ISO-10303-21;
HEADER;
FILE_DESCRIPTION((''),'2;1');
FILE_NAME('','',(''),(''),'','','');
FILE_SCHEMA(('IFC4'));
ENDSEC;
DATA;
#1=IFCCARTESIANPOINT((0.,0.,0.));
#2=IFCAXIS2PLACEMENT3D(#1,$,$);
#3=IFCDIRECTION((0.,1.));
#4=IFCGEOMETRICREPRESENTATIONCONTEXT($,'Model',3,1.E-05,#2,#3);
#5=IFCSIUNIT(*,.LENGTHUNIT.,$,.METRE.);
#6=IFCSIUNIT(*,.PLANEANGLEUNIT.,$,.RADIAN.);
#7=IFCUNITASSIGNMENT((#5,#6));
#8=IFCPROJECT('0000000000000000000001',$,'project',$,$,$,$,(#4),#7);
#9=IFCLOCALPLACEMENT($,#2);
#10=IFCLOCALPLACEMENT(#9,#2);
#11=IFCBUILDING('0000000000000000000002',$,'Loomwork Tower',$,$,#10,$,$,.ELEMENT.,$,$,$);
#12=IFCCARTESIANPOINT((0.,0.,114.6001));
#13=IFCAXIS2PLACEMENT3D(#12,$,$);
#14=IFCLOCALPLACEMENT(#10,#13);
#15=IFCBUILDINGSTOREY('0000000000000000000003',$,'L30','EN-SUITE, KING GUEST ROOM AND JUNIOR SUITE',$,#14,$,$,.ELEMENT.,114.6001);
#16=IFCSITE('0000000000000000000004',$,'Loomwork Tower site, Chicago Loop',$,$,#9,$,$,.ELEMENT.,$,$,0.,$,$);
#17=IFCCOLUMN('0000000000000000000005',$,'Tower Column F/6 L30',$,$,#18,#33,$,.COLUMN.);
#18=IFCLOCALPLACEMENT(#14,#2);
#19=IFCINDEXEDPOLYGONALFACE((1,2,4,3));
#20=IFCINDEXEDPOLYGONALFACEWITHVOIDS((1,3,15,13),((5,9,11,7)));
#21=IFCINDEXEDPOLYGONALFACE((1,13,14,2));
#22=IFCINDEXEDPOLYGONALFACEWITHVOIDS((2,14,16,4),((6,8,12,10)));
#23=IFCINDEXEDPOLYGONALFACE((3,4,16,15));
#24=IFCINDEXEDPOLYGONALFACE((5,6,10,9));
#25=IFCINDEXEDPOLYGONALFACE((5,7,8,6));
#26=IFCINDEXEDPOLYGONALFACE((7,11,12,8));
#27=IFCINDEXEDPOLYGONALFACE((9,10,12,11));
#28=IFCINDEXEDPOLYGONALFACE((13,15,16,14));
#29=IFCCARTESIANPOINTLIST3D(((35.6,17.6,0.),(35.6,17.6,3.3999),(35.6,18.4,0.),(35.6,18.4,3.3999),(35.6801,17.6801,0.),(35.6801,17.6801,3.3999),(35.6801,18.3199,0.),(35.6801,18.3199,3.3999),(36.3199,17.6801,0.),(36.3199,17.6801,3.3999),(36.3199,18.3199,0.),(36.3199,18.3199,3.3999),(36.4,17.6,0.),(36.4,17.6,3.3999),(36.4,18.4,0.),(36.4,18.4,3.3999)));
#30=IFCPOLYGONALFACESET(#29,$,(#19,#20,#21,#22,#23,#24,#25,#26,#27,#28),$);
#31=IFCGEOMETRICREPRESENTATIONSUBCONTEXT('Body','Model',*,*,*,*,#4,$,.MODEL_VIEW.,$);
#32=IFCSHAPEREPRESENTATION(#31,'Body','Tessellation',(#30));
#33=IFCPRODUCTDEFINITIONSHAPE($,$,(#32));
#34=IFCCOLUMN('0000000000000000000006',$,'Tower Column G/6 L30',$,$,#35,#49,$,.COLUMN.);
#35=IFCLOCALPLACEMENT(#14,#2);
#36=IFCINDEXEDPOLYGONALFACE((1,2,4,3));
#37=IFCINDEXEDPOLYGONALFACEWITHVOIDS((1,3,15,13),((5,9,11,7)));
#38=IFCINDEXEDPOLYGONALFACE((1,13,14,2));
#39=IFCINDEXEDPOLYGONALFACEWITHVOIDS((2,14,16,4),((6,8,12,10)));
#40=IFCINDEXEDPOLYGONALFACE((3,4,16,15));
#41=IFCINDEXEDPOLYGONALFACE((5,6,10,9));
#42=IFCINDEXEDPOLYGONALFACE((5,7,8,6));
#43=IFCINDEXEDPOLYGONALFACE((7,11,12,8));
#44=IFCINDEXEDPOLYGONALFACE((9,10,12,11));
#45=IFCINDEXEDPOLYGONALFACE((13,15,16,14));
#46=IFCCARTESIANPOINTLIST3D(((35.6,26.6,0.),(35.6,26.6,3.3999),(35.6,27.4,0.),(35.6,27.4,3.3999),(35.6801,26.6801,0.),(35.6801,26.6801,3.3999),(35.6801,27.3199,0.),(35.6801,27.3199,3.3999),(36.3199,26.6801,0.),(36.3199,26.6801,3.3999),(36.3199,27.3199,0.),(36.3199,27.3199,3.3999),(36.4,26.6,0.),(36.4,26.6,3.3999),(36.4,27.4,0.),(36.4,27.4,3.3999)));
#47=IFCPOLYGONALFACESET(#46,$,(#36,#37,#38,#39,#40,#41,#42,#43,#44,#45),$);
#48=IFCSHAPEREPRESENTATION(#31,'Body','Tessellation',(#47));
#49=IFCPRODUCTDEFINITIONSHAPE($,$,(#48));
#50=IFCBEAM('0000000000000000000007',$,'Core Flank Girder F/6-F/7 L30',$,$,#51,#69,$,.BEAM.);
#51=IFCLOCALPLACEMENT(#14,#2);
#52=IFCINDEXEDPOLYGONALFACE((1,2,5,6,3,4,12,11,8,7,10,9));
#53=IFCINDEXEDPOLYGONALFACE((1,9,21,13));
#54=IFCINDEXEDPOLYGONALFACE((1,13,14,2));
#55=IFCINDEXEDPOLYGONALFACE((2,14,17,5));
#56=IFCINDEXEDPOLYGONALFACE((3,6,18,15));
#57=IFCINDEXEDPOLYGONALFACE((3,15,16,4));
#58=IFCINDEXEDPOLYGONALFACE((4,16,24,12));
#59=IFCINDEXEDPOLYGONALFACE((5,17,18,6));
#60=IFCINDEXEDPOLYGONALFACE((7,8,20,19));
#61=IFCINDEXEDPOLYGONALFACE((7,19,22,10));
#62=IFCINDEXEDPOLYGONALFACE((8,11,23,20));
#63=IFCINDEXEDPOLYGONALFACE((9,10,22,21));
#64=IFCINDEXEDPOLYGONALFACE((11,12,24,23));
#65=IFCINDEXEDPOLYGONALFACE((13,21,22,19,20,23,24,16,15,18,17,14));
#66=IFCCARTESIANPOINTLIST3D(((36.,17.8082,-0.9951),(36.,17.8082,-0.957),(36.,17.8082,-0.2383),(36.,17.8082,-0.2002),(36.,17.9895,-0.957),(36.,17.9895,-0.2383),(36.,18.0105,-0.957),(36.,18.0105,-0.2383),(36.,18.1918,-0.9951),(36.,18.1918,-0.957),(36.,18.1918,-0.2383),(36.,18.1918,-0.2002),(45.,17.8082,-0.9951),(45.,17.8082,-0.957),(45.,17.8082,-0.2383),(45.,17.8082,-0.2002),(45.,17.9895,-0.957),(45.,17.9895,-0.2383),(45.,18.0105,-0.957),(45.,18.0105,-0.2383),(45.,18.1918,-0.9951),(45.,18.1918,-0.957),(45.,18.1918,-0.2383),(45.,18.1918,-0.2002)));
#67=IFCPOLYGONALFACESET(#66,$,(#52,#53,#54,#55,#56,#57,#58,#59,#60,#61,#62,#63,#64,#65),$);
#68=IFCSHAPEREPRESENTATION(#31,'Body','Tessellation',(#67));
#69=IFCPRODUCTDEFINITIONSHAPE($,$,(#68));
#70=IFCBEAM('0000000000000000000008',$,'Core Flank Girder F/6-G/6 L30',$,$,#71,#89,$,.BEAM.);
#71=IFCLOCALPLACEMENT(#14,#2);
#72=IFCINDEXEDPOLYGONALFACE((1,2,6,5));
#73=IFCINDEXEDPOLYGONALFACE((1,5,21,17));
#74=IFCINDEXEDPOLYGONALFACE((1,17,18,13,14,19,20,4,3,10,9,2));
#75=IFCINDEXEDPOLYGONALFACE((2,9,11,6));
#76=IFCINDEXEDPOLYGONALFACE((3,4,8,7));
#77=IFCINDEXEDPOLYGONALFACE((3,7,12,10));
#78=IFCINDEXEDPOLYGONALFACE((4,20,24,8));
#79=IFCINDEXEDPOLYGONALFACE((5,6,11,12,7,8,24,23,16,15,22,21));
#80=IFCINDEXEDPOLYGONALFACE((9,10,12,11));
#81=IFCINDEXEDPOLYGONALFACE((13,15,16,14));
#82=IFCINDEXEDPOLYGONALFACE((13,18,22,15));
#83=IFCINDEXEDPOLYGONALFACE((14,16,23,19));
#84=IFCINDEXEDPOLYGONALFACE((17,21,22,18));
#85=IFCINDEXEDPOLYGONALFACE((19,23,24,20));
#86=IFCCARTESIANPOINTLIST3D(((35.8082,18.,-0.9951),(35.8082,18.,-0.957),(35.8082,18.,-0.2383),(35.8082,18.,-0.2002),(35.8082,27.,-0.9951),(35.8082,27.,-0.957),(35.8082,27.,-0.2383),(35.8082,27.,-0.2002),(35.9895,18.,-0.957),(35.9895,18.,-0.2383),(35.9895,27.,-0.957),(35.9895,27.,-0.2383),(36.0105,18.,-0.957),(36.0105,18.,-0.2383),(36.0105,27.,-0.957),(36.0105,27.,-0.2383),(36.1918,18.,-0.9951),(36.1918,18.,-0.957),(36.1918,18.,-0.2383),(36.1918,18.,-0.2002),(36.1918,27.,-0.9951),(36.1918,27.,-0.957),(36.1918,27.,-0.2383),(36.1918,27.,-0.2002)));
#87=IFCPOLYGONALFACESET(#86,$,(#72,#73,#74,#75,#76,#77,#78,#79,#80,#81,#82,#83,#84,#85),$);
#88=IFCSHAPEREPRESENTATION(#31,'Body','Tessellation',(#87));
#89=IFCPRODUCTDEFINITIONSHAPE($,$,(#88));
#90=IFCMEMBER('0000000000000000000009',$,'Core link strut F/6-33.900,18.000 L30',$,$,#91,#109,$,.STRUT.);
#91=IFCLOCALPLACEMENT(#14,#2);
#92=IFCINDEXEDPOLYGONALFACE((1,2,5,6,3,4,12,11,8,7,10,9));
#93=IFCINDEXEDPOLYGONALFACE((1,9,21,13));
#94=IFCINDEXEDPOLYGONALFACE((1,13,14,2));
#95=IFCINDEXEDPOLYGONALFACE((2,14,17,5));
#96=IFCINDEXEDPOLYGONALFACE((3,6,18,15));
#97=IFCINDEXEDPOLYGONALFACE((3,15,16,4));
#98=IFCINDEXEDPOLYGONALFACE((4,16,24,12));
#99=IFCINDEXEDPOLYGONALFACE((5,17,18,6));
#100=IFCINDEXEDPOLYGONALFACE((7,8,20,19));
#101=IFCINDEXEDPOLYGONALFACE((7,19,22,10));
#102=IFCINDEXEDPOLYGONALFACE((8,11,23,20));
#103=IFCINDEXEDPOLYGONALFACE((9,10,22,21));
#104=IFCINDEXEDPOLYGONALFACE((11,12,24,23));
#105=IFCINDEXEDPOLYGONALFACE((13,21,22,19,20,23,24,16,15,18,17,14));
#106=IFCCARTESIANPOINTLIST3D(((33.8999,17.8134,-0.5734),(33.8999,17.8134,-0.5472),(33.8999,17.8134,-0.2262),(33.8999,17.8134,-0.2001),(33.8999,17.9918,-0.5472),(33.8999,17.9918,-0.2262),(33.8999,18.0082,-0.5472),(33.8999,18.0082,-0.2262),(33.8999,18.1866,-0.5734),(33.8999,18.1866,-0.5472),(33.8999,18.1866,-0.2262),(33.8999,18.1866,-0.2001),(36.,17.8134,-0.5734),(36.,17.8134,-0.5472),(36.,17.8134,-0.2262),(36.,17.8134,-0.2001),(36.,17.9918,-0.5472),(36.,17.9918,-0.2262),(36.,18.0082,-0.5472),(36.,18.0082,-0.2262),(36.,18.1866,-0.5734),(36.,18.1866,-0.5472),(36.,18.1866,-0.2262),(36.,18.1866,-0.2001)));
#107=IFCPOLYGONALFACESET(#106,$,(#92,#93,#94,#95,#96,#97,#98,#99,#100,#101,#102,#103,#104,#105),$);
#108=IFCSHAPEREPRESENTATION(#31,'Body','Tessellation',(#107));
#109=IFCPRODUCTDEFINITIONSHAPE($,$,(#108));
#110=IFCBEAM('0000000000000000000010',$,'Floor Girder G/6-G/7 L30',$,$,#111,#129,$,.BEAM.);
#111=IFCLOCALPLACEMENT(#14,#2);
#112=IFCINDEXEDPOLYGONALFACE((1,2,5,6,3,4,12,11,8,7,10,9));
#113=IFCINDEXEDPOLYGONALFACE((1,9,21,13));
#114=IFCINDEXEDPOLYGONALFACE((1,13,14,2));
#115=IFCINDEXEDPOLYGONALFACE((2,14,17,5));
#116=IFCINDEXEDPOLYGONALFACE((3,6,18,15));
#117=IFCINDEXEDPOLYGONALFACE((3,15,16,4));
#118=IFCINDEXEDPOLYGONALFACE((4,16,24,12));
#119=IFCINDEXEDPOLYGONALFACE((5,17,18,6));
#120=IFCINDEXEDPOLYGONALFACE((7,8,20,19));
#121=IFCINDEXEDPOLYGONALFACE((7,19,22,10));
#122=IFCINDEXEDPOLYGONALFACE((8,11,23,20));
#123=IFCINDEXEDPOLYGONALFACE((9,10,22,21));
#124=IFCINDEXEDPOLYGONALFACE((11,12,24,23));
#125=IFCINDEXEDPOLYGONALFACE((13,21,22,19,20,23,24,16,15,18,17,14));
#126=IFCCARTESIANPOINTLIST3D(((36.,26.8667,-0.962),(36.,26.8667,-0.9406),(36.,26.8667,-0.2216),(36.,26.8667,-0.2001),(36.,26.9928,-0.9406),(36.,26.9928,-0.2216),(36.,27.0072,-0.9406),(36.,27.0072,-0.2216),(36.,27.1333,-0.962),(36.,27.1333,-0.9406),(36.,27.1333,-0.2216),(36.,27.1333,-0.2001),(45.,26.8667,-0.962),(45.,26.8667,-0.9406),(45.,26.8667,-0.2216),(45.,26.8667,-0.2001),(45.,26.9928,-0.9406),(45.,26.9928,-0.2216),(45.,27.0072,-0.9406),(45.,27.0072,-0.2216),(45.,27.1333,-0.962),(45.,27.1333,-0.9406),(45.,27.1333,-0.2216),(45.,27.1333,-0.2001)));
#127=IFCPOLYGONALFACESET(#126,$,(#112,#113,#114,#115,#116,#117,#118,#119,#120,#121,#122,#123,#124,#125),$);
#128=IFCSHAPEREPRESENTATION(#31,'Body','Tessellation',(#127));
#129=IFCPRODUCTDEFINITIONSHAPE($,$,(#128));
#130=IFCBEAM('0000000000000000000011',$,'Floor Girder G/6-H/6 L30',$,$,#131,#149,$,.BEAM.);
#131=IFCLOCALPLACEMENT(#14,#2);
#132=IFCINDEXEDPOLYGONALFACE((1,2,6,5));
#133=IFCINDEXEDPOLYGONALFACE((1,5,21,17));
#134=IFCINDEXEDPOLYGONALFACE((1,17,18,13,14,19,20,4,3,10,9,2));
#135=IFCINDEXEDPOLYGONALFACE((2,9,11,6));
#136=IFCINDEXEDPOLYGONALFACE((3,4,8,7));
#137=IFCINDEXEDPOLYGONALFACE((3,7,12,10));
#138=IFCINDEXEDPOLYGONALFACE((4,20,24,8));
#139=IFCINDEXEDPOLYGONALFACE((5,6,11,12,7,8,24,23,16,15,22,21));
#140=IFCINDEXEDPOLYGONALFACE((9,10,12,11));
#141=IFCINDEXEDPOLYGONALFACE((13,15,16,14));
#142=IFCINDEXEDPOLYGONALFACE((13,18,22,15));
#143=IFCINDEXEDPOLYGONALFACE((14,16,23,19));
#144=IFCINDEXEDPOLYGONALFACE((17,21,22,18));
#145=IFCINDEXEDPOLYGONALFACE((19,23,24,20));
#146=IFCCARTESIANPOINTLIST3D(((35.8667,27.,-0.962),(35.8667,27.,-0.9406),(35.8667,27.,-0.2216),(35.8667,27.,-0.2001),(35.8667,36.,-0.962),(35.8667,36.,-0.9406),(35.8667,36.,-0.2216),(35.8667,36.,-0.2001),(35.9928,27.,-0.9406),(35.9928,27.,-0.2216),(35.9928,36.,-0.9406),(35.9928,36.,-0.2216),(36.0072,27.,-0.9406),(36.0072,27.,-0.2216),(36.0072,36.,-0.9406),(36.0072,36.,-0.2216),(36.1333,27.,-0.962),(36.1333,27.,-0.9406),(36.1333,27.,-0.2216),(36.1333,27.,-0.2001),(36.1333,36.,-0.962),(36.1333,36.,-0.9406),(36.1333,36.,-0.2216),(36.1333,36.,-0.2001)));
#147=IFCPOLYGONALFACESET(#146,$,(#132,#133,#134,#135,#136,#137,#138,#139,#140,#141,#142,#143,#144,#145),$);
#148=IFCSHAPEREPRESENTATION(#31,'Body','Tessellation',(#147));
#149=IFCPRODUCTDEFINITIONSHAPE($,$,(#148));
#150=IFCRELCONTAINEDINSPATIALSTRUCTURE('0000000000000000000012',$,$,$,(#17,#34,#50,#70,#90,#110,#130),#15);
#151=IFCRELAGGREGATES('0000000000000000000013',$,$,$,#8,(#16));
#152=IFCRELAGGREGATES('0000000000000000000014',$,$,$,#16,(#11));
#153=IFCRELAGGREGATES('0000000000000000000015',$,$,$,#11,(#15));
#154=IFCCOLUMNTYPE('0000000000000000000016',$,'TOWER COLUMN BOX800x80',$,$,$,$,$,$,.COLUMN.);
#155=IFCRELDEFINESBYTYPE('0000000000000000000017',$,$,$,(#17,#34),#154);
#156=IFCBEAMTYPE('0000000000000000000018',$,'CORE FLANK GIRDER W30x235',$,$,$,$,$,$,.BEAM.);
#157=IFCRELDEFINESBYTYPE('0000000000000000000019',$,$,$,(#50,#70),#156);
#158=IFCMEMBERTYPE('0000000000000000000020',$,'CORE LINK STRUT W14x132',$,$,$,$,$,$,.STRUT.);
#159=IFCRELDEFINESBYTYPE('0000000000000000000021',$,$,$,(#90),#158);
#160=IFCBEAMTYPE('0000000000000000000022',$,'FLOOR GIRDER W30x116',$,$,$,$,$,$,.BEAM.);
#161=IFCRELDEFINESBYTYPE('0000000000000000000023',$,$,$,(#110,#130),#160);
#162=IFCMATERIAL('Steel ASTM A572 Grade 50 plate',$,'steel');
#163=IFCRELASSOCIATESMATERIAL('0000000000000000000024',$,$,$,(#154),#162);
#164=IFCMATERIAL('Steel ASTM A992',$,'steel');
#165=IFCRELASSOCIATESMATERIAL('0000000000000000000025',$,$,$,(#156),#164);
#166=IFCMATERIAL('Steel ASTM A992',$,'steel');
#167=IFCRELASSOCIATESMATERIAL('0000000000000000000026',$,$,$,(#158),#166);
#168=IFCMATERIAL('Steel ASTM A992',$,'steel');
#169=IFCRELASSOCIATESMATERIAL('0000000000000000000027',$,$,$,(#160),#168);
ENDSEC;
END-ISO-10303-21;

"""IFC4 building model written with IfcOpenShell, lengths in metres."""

from ifc_helpers import new_model, si_unit, direction, frame, origin, origin_2d, place, context, subcontext, project, spatial, hollow_rectangle, i_section, extrude, material, material_profile, profile_set, type_object, element, save


model = new_model("IFC4")

# Units and contexts
model_context = context("Model", 3, precision=1e-05, world=origin(), true_north=direction((0.0, 1.0)))
body_context = subcontext(model_context, "Body", "Model", "MODEL_VIEW")
ifc_project = project(units=[si_unit("LENGTHUNIT", "METRE"), si_unit("PLANEANGLEUNIT", "RADIAN")], contexts=[model_context])

# Site, building, storey
site_placement = place(None, origin())
site = spatial("IfcSite", under=ifc_project, at=site_placement, Name="Loomwork Tower site, Chicago Loop", CompositionType="ELEMENT", RefElevation=0.0)
building_placement = place(site_placement, origin())
building = spatial("IfcBuilding", under=site, at=building_placement, Name="Loomwork Tower", CompositionType="ELEMENT")
storey_placement = place(building_placement, frame((0.0, 0.0, 114.6001)))
storey = spatial("IfcBuildingStorey", under=building, at=storey_placement, Name="L30", Description="EN-SUITE, KING GUEST ROOM AND JUNIOR SUITE", CompositionType="ELEMENT", Elevation=114.6001)

# Columns
ifc_material_1 = material(Name="Steel ASTM A572 Grade 50 plate", Category="steel")
ifc_material_profile_1 = material_profile(ifc_material_1, hollow_rectangle(XDim=0.8, YDim=0.8, WallThickness=0.0801, at=origin_2d()), Name="BOX800x80")
ifc_profile_set_1 = profile_set([ifc_material_profile_1], Name="Steel ASTM A572 Grade 50 plate")
column_type = type_object("IfcColumnType", Name="TOWER COLUMN BOX800x80", PredefinedType="COLUMN", material=ifc_profile_set_1)
for number, where, z_axis, x_axis, name in (
    (1, (36.0, 18.0, 0.0), (0.0, 0.0, 1.0), (0.0, 1.0, 0.0), "Tower Column F/6 L30"),
    (2, (36.0, 27.0, 0.0), (0.0, 0.0, 1.0), (1.0, 0.0, 0.0), "Tower Column G/6 L30"),
):
    element("IfcColumn", number, at=place(storey_placement, frame(where, z_axis=z_axis, x_axis=x_axis)), inside=storey, type_object=column_type, Name=name, PredefinedType="COLUMN", context=body_context, shape_type="SweptSolid", body=[
        extrude(hollow_rectangle(XDim=0.8, YDim=0.8, WallThickness=0.0801, at=origin_2d()), origin(), (0.0, 0.0, 1.0), 3.3999),
    ])

# Beams
ifc_material_2 = material(Name="Steel ASTM A992", Category="steel")
ifc_material_profile_2 = material_profile(ifc_material_2, i_section(OverallWidth=0.3835, OverallDepth=0.7949, WebThickness=0.021, FlangeThickness=0.0381, at=origin_2d()), Name="W30x235")
ifc_profile_set_2 = profile_set([ifc_material_profile_2], Name="Steel ASTM A992")
beam_type_1 = type_object("IfcBeamType", Name="CORE FLANK GIRDER W30x235", PredefinedType="BEAM", material=ifc_profile_set_2)
for number, where, z_axis, x_axis, name in (
    (3, (36.0, 18.0, -0.5977), (1.0, 0.0, 0.0), (0.0, 1.0, 0.0), "Core Flank Girder F/6-F/7 L30"),
    (4, (36.0, 18.0, -0.5977), (0.0, 1.0, 0.0), (-1.0, 0.0, 0.0), "Core Flank Girder F/6-G/6 L30"),
):
    element("IfcBeam", number, at=place(storey_placement, frame(where, z_axis=z_axis, x_axis=x_axis)), inside=storey, type_object=beam_type_1, Name=name, PredefinedType="BEAM", context=body_context, shape_type="SweptSolid", body=[
        extrude(i_section(OverallWidth=0.3835, OverallDepth=0.7949, WebThickness=0.021, FlangeThickness=0.0381, at=origin_2d()), origin(), (0.0, 0.0, 1.0), 9.0),
    ])

# Member
ifc_material_3 = material(Name="Steel ASTM A992", Category="steel")
ifc_material_profile_3 = material_profile(ifc_material_3, i_section(OverallWidth=0.3733, OverallDepth=0.3733, WebThickness=0.0164, FlangeThickness=0.0261, at=origin_2d()), Name="W14x132")
ifc_profile_set_3 = profile_set([ifc_material_profile_3], Name="Steel ASTM A992")
member_type = type_object("IfcMemberType", Name="CORE LINK STRUT W14x132", PredefinedType="STRUT", material=ifc_profile_set_3)
member_placement = place(storey_placement, frame((36.0, 18.0, -0.3867), z_axis=(-1.0, 0.0, 0.0), x_axis=(0.0, -1.0, 0.0)))
element("IfcMember", 5, at=member_placement, inside=storey, type_object=member_type, Name="Core link strut F/6-33.900,18.000 L30", PredefinedType="STRUT", context=body_context, shape_type="SweptSolid", body=[
    extrude(i_section(OverallWidth=0.3733, OverallDepth=0.3733, WebThickness=0.0164, FlangeThickness=0.0261, at=origin_2d()), origin(), (0.0, 0.0, 1.0), 2.1001),
])

# Beams
ifc_material_4 = material(Name="Steel ASTM A992", Category="steel")
ifc_material_profile_4 = material_profile(ifc_material_4, i_section(OverallWidth=0.2666, OverallDepth=0.762, WebThickness=0.0144, FlangeThickness=0.0215, at=origin_2d()), Name="W30x116")
ifc_profile_set_4 = profile_set([ifc_material_profile_4], Name="Steel ASTM A992")
beam_type_2 = type_object("IfcBeamType", Name="FLOOR GIRDER W30x116", PredefinedType="BEAM", material=ifc_profile_set_4)
for number, where, z_axis, x_axis, name in (
    (6, (36.0, 27.0, -0.5811), (1.0, 0.0, 0.0), (0.0, 1.0, 0.0), "Floor Girder G/6-G/7 L30"),
    (7, (36.0, 27.0, -0.5811), (0.0, 1.0, 0.0), (-1.0, 0.0, 0.0), "Floor Girder G/6-H/6 L30"),
):
    element("IfcBeam", number, at=place(storey_placement, frame(where, z_axis=z_axis, x_axis=x_axis)), inside=storey, type_object=beam_type_2, Name=name, PredefinedType="BEAM", context=body_context, shape_type="SweptSolid", body=[
        extrude(i_section(OverallWidth=0.2666, OverallDepth=0.762, WebThickness=0.0144, FlangeThickness=0.0215, at=origin_2d()), origin(), (0.0, 0.0, 1.0), 9.0),
    ])

save(model, "model.ifc")
